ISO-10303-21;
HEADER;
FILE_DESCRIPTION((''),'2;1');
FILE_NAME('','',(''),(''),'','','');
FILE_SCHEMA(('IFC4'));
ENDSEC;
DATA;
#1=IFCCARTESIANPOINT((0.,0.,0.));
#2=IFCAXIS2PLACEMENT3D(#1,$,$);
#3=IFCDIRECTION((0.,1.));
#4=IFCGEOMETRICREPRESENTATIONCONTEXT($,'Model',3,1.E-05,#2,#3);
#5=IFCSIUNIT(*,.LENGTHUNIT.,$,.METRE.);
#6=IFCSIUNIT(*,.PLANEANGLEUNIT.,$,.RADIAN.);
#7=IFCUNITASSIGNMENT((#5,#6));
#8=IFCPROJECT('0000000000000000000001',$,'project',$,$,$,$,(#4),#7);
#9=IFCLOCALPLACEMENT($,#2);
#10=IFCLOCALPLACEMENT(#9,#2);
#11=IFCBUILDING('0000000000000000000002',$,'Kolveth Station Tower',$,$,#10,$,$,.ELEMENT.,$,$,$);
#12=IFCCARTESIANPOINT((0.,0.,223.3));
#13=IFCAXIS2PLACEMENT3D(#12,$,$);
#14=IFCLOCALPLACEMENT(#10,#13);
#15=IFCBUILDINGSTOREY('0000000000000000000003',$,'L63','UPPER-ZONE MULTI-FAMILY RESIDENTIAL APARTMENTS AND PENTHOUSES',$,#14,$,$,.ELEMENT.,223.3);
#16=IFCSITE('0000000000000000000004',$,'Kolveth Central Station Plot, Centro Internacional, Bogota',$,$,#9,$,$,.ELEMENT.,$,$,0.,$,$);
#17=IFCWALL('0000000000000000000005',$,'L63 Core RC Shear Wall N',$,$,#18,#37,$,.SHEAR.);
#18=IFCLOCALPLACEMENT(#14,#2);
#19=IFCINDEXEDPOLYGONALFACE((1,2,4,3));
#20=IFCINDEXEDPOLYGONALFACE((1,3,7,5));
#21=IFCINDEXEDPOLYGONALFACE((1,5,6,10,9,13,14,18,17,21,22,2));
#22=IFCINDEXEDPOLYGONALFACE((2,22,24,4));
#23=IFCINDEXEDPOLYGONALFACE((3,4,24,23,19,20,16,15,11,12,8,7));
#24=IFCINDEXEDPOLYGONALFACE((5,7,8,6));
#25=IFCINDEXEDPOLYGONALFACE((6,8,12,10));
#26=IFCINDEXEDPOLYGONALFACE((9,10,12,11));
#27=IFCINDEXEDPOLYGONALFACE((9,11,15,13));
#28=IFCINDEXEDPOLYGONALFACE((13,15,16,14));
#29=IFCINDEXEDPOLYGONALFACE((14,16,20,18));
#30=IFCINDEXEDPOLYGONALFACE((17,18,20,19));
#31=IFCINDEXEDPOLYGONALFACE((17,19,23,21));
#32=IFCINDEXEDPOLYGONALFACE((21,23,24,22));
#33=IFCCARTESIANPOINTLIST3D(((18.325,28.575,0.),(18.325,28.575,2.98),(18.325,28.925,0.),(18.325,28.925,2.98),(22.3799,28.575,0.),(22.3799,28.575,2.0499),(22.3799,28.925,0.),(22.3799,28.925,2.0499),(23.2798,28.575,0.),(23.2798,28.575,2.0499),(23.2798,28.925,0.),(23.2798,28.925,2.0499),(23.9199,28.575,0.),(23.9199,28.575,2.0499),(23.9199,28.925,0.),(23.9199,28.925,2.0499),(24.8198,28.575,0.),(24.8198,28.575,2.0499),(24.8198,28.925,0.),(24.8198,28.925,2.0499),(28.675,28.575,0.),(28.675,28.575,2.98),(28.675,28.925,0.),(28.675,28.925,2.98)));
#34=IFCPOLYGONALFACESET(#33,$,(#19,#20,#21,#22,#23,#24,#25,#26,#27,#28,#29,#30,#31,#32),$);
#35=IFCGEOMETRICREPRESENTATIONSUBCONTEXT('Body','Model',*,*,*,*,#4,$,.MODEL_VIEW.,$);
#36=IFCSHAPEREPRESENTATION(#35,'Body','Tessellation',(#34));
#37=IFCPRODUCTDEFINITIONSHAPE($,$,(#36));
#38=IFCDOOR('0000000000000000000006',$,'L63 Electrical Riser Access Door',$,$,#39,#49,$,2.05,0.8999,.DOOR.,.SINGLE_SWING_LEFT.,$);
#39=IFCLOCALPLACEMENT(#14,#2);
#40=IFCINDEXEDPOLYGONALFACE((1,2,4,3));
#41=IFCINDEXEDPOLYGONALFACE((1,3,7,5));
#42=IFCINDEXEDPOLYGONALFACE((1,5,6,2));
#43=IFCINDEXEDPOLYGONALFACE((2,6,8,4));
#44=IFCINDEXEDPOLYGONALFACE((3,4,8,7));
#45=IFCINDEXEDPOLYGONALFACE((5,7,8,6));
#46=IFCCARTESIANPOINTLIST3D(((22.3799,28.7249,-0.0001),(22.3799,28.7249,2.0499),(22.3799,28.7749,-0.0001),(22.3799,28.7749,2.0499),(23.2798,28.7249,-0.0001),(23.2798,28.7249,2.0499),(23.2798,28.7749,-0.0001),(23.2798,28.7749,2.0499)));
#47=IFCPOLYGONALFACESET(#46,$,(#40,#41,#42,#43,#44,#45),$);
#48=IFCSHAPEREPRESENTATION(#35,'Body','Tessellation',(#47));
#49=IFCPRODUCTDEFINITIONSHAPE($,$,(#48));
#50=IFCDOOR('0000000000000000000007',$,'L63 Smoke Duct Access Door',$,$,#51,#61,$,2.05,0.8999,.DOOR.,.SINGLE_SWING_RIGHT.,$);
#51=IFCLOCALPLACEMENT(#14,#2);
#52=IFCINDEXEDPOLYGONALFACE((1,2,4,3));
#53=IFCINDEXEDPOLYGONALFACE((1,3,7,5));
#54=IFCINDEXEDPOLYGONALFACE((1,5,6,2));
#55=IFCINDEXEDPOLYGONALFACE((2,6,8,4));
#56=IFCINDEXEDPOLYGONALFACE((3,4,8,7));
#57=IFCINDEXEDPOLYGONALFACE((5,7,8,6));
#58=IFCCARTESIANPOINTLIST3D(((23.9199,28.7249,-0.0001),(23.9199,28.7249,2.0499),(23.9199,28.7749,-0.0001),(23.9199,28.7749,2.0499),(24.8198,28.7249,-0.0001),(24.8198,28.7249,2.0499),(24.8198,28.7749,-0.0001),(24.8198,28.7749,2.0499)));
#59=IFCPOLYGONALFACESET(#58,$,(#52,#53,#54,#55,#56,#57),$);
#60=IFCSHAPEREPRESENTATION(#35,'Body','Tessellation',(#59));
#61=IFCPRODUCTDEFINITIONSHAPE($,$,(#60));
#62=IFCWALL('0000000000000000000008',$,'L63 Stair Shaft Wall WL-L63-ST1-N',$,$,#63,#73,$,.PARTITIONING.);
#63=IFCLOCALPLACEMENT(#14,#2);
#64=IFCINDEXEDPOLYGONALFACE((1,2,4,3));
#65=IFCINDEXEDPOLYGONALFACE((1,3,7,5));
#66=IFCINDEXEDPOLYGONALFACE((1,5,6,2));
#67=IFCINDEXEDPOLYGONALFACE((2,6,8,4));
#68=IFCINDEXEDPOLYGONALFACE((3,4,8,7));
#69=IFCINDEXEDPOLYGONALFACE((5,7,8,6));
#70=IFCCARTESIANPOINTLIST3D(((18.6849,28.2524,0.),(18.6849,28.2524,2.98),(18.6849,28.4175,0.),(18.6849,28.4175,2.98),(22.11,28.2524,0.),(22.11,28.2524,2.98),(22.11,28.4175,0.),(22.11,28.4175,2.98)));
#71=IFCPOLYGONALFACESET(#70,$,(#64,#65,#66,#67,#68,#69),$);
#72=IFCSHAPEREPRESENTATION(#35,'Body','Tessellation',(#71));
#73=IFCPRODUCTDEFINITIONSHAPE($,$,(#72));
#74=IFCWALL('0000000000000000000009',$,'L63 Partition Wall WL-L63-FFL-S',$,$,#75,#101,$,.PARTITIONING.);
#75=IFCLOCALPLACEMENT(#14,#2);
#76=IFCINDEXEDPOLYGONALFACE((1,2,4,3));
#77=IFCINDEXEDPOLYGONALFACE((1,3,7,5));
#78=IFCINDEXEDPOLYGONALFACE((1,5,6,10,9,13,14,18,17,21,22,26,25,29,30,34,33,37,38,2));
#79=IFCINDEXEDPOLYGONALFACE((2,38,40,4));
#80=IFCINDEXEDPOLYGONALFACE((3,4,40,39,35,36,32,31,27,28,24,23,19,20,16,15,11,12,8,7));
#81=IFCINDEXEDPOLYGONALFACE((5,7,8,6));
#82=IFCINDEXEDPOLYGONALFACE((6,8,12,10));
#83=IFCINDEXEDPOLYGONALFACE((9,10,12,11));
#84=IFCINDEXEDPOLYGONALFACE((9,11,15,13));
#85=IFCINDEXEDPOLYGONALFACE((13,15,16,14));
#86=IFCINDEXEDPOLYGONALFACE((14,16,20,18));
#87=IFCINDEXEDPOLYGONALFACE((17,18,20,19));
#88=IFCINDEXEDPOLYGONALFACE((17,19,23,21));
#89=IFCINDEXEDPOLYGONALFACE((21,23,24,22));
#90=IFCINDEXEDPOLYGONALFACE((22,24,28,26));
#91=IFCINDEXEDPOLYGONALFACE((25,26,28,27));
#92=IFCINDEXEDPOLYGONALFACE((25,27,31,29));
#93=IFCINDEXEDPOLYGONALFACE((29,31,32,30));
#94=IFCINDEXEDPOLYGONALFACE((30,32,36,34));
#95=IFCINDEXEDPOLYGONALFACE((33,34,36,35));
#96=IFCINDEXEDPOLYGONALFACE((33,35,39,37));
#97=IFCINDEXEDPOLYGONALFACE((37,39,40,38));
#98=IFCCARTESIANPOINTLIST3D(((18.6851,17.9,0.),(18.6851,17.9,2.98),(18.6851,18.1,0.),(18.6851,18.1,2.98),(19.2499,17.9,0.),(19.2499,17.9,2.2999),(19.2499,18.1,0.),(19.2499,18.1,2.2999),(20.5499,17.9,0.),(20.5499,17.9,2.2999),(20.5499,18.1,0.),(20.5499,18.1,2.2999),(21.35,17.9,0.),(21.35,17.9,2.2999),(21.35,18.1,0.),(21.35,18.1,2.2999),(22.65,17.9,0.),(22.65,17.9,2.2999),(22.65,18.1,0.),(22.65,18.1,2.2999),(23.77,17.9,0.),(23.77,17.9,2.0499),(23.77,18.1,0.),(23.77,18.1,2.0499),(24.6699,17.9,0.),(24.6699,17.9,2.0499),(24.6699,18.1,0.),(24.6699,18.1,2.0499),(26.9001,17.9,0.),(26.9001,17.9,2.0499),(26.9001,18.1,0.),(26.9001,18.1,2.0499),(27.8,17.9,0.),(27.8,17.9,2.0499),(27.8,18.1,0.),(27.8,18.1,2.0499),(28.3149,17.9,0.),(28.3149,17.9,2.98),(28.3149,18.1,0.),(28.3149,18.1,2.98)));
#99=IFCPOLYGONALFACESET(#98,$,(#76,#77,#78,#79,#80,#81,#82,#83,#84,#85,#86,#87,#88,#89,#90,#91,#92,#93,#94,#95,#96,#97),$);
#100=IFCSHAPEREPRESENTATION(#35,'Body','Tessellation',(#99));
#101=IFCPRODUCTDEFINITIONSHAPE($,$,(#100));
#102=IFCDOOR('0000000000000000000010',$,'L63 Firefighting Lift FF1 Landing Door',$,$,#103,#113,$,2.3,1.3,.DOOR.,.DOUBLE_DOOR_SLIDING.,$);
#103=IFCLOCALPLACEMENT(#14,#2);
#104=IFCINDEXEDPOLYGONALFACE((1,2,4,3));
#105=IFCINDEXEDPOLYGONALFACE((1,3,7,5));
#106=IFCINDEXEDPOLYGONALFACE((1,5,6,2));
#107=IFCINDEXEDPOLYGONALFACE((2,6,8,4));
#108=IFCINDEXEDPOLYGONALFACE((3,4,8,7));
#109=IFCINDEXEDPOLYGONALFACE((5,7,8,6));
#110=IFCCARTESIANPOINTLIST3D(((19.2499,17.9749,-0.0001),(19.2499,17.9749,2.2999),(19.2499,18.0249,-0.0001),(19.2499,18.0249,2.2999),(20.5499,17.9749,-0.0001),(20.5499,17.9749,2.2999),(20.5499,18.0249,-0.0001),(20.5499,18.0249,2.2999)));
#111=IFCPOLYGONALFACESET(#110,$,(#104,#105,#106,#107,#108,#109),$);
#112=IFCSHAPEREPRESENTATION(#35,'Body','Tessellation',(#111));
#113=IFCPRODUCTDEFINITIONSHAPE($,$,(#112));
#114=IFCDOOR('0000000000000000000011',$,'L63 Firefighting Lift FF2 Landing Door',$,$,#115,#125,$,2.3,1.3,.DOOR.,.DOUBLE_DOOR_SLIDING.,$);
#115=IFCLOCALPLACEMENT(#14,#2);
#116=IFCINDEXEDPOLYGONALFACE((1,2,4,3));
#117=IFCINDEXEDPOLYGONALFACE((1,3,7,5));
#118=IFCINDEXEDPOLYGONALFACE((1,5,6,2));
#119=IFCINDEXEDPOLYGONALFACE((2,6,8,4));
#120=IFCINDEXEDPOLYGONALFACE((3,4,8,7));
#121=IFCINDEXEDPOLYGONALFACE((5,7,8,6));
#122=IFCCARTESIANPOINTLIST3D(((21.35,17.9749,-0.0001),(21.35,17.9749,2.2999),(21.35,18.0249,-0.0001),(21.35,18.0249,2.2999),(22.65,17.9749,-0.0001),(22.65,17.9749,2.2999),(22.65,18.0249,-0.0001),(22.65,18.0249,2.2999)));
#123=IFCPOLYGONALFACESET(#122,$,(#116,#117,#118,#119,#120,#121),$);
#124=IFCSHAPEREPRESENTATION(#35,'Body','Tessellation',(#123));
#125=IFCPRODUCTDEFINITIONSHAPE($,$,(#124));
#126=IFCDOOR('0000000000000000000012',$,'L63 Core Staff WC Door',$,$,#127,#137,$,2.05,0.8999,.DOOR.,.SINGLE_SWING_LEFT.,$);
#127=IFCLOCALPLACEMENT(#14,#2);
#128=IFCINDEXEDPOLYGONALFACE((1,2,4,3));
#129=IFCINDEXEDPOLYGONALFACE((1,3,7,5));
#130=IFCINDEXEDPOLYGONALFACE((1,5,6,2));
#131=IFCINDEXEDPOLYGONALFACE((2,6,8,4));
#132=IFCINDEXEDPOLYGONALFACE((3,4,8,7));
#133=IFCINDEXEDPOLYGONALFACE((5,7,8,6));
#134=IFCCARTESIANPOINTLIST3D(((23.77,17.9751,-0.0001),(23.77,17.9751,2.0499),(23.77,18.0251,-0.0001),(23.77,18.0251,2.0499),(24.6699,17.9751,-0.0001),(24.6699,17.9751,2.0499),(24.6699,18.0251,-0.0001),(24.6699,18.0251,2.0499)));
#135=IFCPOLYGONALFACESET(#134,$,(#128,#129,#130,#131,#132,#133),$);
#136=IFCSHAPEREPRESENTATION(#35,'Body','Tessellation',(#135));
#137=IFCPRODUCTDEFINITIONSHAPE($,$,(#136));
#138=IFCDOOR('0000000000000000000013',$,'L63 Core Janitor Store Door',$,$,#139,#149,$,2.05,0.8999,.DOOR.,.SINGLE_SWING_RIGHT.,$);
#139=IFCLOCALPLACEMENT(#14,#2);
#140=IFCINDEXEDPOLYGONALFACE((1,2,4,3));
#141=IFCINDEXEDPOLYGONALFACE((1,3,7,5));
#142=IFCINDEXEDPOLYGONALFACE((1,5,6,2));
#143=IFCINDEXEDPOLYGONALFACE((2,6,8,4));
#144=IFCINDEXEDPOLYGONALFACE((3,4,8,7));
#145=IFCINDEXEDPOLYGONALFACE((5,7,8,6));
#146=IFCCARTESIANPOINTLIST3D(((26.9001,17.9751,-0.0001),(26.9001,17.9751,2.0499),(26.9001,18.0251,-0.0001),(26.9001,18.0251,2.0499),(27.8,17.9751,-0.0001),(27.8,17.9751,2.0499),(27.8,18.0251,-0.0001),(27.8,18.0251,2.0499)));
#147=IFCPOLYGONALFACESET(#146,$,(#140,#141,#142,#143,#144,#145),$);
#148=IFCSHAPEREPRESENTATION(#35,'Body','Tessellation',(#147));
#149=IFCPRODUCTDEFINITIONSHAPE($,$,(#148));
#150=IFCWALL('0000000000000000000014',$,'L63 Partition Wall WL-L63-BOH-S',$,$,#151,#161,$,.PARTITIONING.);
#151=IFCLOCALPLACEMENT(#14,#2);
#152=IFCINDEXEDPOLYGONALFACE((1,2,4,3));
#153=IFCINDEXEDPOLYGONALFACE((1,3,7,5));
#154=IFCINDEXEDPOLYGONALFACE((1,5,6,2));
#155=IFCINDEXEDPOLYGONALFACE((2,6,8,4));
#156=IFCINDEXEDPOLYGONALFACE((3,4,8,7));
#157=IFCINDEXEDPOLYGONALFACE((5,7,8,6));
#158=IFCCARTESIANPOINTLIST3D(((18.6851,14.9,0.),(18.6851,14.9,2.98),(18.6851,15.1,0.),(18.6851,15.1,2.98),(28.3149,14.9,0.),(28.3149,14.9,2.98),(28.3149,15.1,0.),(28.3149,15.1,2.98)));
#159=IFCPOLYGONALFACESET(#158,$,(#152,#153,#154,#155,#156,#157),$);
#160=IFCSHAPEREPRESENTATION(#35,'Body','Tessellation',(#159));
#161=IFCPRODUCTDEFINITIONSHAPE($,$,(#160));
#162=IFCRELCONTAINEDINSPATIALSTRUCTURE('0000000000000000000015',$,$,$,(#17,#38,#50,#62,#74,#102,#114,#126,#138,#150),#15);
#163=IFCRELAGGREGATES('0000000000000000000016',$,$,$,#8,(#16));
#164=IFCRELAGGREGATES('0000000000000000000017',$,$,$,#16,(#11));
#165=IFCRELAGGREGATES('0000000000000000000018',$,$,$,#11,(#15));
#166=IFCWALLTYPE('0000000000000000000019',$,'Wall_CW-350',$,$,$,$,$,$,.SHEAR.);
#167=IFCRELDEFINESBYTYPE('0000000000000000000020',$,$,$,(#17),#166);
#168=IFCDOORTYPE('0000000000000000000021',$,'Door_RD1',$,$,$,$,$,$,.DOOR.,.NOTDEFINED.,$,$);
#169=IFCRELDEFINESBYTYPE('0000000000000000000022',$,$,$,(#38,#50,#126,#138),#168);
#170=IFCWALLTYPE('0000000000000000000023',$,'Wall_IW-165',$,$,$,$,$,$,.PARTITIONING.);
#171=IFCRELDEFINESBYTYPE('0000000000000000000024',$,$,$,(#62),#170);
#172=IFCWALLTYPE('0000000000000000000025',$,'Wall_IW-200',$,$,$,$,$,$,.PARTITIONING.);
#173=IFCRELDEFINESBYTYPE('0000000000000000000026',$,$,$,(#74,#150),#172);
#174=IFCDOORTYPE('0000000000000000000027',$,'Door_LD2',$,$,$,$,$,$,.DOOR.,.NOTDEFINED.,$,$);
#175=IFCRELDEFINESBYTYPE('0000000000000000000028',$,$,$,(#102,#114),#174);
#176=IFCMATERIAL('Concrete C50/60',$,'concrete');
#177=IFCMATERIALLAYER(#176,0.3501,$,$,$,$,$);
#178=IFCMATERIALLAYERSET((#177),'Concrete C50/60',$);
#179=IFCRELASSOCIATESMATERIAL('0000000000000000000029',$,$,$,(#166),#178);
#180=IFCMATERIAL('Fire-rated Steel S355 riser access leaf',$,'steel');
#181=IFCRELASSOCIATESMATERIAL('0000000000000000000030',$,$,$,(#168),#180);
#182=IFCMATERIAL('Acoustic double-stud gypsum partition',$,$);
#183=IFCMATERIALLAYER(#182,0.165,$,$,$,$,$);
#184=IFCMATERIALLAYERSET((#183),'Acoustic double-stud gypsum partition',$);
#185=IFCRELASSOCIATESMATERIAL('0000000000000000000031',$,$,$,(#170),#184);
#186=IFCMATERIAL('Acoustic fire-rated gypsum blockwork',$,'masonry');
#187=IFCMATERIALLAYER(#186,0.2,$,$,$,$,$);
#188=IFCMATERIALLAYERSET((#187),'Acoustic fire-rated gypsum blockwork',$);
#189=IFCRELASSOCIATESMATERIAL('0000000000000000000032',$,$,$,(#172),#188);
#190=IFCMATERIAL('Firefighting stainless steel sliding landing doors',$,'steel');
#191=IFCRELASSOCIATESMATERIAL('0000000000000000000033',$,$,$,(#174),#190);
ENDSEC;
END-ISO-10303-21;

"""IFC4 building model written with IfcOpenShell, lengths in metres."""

from ifc_helpers import new_model, si_unit, direction, frame, frame_2d, origin, place, context, subcontext, project, spatial, rectangle, extrude, material, layer, layer_set, type_object, element, fill, save


model = new_model("IFC4")

# Units and contexts
model_context = context("Model", 3, precision=1e-05, world=origin(), true_north=direction((0.0, 1.0)))
body_context = subcontext(model_context, "Body", "Model", "MODEL_VIEW")
ifc_project = project(units=[si_unit("LENGTHUNIT", "METRE"), si_unit("PLANEANGLEUNIT", "RADIAN")], contexts=[model_context])

# Site, building, storey
site_placement = place(None, origin())
site = spatial("IfcSite", under=ifc_project, at=site_placement, Name="Kolveth Central Station Plot, Centro Internacional, Bogota", CompositionType="ELEMENT", RefElevation=0.0)
building_placement = place(site_placement, origin())
building = spatial("IfcBuilding", under=site, at=building_placement, Name="Kolveth Station Tower", CompositionType="ELEMENT")
storey_placement = place(building_placement, frame((0.0, 0.0, 223.3)))
storey = spatial("IfcBuildingStorey", under=building, at=storey_placement, Name="L63", Description="UPPER-ZONE MULTI-FAMILY RESIDENTIAL APARTMENTS AND PENTHOUSES", CompositionType="ELEMENT", Elevation=223.3)

# Wall, openings, doors
ifc_material_1 = material(Name="Concrete C50/60", Category="concrete")
ifc_layer_1 = layer(ifc_material_1, 0.3501)
ifc_layer_set_1 = layer_set([ifc_layer_1], Name="Concrete C50/60")
wall_type_1 = type_object("IfcWallType", Name="Wall_CW-350", PredefinedType="SHEAR", material=ifc_layer_set_1)
wall_1_placement = place(storey_placement, frame((18.325, 28.75, 0.0), z_axis=(0.0, 0.0, 1.0), x_axis=(1.0, 0.0, 0.0)))
wall_1 = element("IfcWall", 1, at=wall_1_placement, inside=storey, type_object=wall_type_1, Name="L63 Core RC Shear Wall N", PredefinedType="SHEAR", context=body_context, shape_type="SweptSolid", body=[
    extrude(rectangle(XDim=10.3501, YDim=0.3501, at=frame_2d((5.175, 0.0))), origin(), (0.0, 0.0, 1.0), 2.98),
])
opening_1_placement = place(wall_1_placement, frame((4.0549, 0.0, 0.0)))
opening_1 = element("IfcOpeningElement", 2, at=opening_1_placement, cuts=wall_1, PredefinedType="OPENING", context=body_context, shape_type="SweptSolid", body=[
    extrude(rectangle(XDim=0.8999, YDim=2.05, at=frame_2d((0.45, 1.0249))), frame((0.0, 0.1851, 0.0), z_axis=(0.0, -1.0, 0.0), x_axis=(1.0, 0.0, 0.0)), (0.0, 0.0, 1.0), 0.3701),
])
opening_2_placement = place(wall_1_placement, frame((5.595, 0.0, 0.0)))
opening_2 = element("IfcOpeningElement", 3, at=opening_2_placement, cuts=wall_1, PredefinedType="OPENING", context=body_context, shape_type="SweptSolid", body=[
    extrude(rectangle(XDim=0.8999, YDim=2.05, at=frame_2d((0.45, 1.0249))), frame((0.0, 0.1851, 0.0), z_axis=(0.0, -1.0, 0.0), x_axis=(1.0, 0.0, 0.0)), (0.0, 0.0, 1.0), 0.3701),
])
ifc_material_2 = material(Name="Fire-rated Steel S355 riser access leaf", Category="steel")
door_type_1 = type_object("IfcDoorType", Name="Door_RD1", OperationType="NOTDEFINED", PredefinedType="DOOR", material=ifc_material_2)
door_1_placement = place(opening_1_placement, origin())
door_1 = element("IfcDoor", 4, at=door_1_placement, inside=storey, type_object=door_type_1, Name="L63 Electrical Riser Access Door", OperationType="SINGLE_SWING_LEFT", OverallHeight=2.05, OverallWidth=0.8999, PredefinedType="DOOR", context=body_context, shape_type="SweptSolid", body=[
    extrude(rectangle(XDim=0.8999, YDim=2.05, at=frame_2d((0.45, 1.0249))), frame((0.0, 0.0249, 0.0), z_axis=(0.0, -1.0, 0.0), x_axis=(1.0, 0.0, 0.0)), (0.0, 0.0, 1.0), 0.05),
])
fill(opening_1, door_1)
door_2_placement = place(opening_2_placement, origin())
door_2 = element("IfcDoor", 5, at=door_2_placement, inside=storey, type_object=door_type_1, Name="L63 Smoke Duct Access Door", OperationType="SINGLE_SWING_RIGHT", OverallHeight=2.05, OverallWidth=0.8999, PredefinedType="DOOR", context=body_context, shape_type="SweptSolid", body=[
    extrude(rectangle(XDim=0.8999, YDim=2.05, at=frame_2d((0.45, 1.0249))), frame((0.0, 0.0249, 0.0), z_axis=(0.0, -1.0, 0.0), x_axis=(1.0, 0.0, 0.0)), (0.0, 0.0, 1.0), 0.05),
])
fill(opening_2, door_2)

# Wall
ifc_material_3 = material(Name="Acoustic double-stud gypsum partition")
ifc_layer_2 = layer(ifc_material_3, 0.165)
ifc_layer_set_2 = layer_set([ifc_layer_2], Name="Acoustic double-stud gypsum partition")
wall_type_2 = type_object("IfcWallType", Name="Wall_IW-165", PredefinedType="PARTITIONING", material=ifc_layer_set_2)
wall_2_placement = place(storey_placement, frame((18.6851, 28.335, 0.0), z_axis=(0.0, 0.0, 1.0), x_axis=(1.0, 0.0, 0.0)))
element("IfcWall", 6, at=wall_2_placement, inside=storey, type_object=wall_type_2, Name="L63 Stair Shaft Wall WL-L63-ST1-N", PredefinedType="PARTITIONING", context=body_context, shape_type="SweptSolid", body=[
    extrude(rectangle(XDim=3.425, YDim=0.165, at=frame_2d((1.7124, 0.0))), origin(), (0.0, 0.0, 1.0), 2.98),
])

# Wall, openings, doors
ifc_material_4 = material(Name="Acoustic fire-rated gypsum blockwork", Category="masonry")
ifc_layer_3 = layer(ifc_material_4, 0.2)
ifc_layer_set_3 = layer_set([ifc_layer_3], Name="Acoustic fire-rated gypsum blockwork")
wall_type_3 = type_object("IfcWallType", Name="Wall_IW-200", PredefinedType="PARTITIONING", material=ifc_layer_set_3)
wall_3_placement = place(storey_placement, frame((18.6851, 18.0, 0.0), z_axis=(0.0, 0.0, 1.0), x_axis=(1.0, 0.0, 0.0)))
wall_3 = element("IfcWall", 7, at=wall_3_placement, inside=storey, type_object=wall_type_3, Name="L63 Partition Wall WL-L63-FFL-S", PredefinedType="PARTITIONING", context=body_context, shape_type="SweptSolid", body=[
    extrude(rectangle(XDim=9.6299, YDim=0.2, at=frame_2d((4.8149, 0.0))), origin(), (0.0, 0.0, 1.0), 2.98),
])
opening_3_placement = place(wall_3_placement, frame((0.5649, 0.0, 0.0)))
opening_3 = element("IfcOpeningElement", 8, at=opening_3_placement, cuts=wall_3, PredefinedType="OPENING", context=body_context, shape_type="SweptSolid", body=[
    extrude(rectangle(XDim=1.3, YDim=2.3, at=frame_2d((0.6499, 1.1499))), frame((0.0, 0.1099, 0.0), z_axis=(0.0, -1.0, 0.0), x_axis=(1.0, 0.0, 0.0)), (0.0, 0.0, 1.0), 0.22),
])
opening_4_placement = place(wall_3_placement, frame((2.665, 0.0, 0.0)))
opening_4 = element("IfcOpeningElement", 9, at=opening_4_placement, cuts=wall_3, PredefinedType="OPENING", context=body_context, shape_type="SweptSolid", body=[
    extrude(rectangle(XDim=1.3, YDim=2.3, at=frame_2d((0.6499, 1.1499))), frame((0.0, 0.1099, 0.0), z_axis=(0.0, -1.0, 0.0), x_axis=(1.0, 0.0, 0.0)), (0.0, 0.0, 1.0), 0.22),
])
opening_5_placement = place(wall_3_placement, frame((5.085, 0.0, 0.0)))
opening_5 = element("IfcOpeningElement", 10, at=opening_5_placement, cuts=wall_3, PredefinedType="OPENING", context=body_context, shape_type="SweptSolid", body=[
    extrude(rectangle(XDim=0.8999, YDim=2.05, at=frame_2d((0.45, 1.0249))), frame((0.0, 0.1099, 0.0), z_axis=(0.0, -1.0, 0.0), x_axis=(1.0, 0.0, 0.0)), (0.0, 0.0, 1.0), 0.22),
])
opening_6_placement = place(wall_3_placement, frame((8.2151, 0.0, 0.0)))
opening_6 = element("IfcOpeningElement", 11, at=opening_6_placement, cuts=wall_3, PredefinedType="OPENING", context=body_context, shape_type="SweptSolid", body=[
    extrude(rectangle(XDim=0.8999, YDim=2.05, at=frame_2d((0.45, 1.0249))), frame((0.0, 0.1099, 0.0), z_axis=(0.0, -1.0, 0.0), x_axis=(1.0, 0.0, 0.0)), (0.0, 0.0, 1.0), 0.22),
])
ifc_material_5 = material(Name="Firefighting stainless steel sliding landing doors", Category="steel")
door_type_2 = type_object("IfcDoorType", Name="Door_LD2", OperationType="NOTDEFINED", PredefinedType="DOOR", material=ifc_material_5)
door_3_placement = place(opening_3_placement, origin())
door_3 = element("IfcDoor", 12, at=door_3_placement, inside=storey, type_object=door_type_2, Name="L63 Firefighting Lift FF1 Landing Door", OperationType="DOUBLE_DOOR_SLIDING", OverallHeight=2.3, OverallWidth=1.3, PredefinedType="DOOR", context=body_context, shape_type="SweptSolid", body=[
    extrude(rectangle(XDim=1.3, YDim=2.3, at=frame_2d((0.6499, 1.1499))), frame((0.0, 0.0249, 0.0), z_axis=(0.0, -1.0, 0.0), x_axis=(1.0, 0.0, 0.0)), (0.0, 0.0, 1.0), 0.05),
])
fill(opening_3, door_3)
door_4_placement = place(opening_4_placement, origin())
door_4 = element("IfcDoor", 13, at=door_4_placement, inside=storey, type_object=door_type_2, Name="L63 Firefighting Lift FF2 Landing Door", OperationType="DOUBLE_DOOR_SLIDING", OverallHeight=2.3, OverallWidth=1.3, PredefinedType="DOOR", context=body_context, shape_type="SweptSolid", body=[
    extrude(rectangle(XDim=1.3, YDim=2.3, at=frame_2d((0.6499, 1.1499))), frame((0.0, 0.0249, 0.0), z_axis=(0.0, -1.0, 0.0), x_axis=(1.0, 0.0, 0.0)), (0.0, 0.0, 1.0), 0.05),
])
fill(opening_4, door_4)
door_5_placement = place(opening_5_placement, frame((0.8999, 0.0, 0.0), z_axis=(0.0, 0.0, 1.0), x_axis=(-1.0, 0.0, 0.0)))
door_5 = element("IfcDoor", 14, at=door_5_placement, inside=storey, type_object=door_type_1, Name="L63 Core Staff WC Door", OperationType="SINGLE_SWING_LEFT", OverallHeight=2.05, OverallWidth=0.8999, PredefinedType="DOOR", context=body_context, shape_type="SweptSolid", body=[
    extrude(rectangle(XDim=0.8999, YDim=2.05, at=frame_2d((0.45, 1.0249))), frame((0.0, 0.0249, 0.0), z_axis=(0.0, -1.0, 0.0), x_axis=(1.0, 0.0, 0.0)), (0.0, 0.0, 1.0), 0.05),
])
fill(opening_5, door_5)
door_6_placement = place(opening_6_placement, frame((0.8999, 0.0, 0.0), z_axis=(0.0, 0.0, 1.0), x_axis=(-1.0, 0.0, 0.0)))
door_6 = element("IfcDoor", 15, at=door_6_placement, inside=storey, type_object=door_type_1, Name="L63 Core Janitor Store Door", OperationType="SINGLE_SWING_RIGHT", OverallHeight=2.05, OverallWidth=0.8999, PredefinedType="DOOR", context=body_context, shape_type="SweptSolid", body=[
    extrude(rectangle(XDim=0.8999, YDim=2.05, at=frame_2d((0.45, 1.0249))), frame((0.0, 0.0249, 0.0), z_axis=(0.0, -1.0, 0.0), x_axis=(1.0, 0.0, 0.0)), (0.0, 0.0, 1.0), 0.05),
])
fill(opening_6, door_6)

# Wall
wall_4_placement = place(storey_placement, frame((18.6851, 15.0, 0.0), z_axis=(0.0, 0.0, 1.0), x_axis=(1.0, 0.0, 0.0)))
element("IfcWall", 16, at=wall_4_placement, inside=storey, type_object=wall_type_3, Name="L63 Partition Wall WL-L63-BOH-S", PredefinedType="PARTITIONING", context=body_context, shape_type="SweptSolid", body=[
    extrude(rectangle(XDim=9.6299, YDim=0.2, at=frame_2d((4.8149, 0.0))), origin(), (0.0, 0.0, 1.0), 2.98),
])

save(model, "model.ifc")
